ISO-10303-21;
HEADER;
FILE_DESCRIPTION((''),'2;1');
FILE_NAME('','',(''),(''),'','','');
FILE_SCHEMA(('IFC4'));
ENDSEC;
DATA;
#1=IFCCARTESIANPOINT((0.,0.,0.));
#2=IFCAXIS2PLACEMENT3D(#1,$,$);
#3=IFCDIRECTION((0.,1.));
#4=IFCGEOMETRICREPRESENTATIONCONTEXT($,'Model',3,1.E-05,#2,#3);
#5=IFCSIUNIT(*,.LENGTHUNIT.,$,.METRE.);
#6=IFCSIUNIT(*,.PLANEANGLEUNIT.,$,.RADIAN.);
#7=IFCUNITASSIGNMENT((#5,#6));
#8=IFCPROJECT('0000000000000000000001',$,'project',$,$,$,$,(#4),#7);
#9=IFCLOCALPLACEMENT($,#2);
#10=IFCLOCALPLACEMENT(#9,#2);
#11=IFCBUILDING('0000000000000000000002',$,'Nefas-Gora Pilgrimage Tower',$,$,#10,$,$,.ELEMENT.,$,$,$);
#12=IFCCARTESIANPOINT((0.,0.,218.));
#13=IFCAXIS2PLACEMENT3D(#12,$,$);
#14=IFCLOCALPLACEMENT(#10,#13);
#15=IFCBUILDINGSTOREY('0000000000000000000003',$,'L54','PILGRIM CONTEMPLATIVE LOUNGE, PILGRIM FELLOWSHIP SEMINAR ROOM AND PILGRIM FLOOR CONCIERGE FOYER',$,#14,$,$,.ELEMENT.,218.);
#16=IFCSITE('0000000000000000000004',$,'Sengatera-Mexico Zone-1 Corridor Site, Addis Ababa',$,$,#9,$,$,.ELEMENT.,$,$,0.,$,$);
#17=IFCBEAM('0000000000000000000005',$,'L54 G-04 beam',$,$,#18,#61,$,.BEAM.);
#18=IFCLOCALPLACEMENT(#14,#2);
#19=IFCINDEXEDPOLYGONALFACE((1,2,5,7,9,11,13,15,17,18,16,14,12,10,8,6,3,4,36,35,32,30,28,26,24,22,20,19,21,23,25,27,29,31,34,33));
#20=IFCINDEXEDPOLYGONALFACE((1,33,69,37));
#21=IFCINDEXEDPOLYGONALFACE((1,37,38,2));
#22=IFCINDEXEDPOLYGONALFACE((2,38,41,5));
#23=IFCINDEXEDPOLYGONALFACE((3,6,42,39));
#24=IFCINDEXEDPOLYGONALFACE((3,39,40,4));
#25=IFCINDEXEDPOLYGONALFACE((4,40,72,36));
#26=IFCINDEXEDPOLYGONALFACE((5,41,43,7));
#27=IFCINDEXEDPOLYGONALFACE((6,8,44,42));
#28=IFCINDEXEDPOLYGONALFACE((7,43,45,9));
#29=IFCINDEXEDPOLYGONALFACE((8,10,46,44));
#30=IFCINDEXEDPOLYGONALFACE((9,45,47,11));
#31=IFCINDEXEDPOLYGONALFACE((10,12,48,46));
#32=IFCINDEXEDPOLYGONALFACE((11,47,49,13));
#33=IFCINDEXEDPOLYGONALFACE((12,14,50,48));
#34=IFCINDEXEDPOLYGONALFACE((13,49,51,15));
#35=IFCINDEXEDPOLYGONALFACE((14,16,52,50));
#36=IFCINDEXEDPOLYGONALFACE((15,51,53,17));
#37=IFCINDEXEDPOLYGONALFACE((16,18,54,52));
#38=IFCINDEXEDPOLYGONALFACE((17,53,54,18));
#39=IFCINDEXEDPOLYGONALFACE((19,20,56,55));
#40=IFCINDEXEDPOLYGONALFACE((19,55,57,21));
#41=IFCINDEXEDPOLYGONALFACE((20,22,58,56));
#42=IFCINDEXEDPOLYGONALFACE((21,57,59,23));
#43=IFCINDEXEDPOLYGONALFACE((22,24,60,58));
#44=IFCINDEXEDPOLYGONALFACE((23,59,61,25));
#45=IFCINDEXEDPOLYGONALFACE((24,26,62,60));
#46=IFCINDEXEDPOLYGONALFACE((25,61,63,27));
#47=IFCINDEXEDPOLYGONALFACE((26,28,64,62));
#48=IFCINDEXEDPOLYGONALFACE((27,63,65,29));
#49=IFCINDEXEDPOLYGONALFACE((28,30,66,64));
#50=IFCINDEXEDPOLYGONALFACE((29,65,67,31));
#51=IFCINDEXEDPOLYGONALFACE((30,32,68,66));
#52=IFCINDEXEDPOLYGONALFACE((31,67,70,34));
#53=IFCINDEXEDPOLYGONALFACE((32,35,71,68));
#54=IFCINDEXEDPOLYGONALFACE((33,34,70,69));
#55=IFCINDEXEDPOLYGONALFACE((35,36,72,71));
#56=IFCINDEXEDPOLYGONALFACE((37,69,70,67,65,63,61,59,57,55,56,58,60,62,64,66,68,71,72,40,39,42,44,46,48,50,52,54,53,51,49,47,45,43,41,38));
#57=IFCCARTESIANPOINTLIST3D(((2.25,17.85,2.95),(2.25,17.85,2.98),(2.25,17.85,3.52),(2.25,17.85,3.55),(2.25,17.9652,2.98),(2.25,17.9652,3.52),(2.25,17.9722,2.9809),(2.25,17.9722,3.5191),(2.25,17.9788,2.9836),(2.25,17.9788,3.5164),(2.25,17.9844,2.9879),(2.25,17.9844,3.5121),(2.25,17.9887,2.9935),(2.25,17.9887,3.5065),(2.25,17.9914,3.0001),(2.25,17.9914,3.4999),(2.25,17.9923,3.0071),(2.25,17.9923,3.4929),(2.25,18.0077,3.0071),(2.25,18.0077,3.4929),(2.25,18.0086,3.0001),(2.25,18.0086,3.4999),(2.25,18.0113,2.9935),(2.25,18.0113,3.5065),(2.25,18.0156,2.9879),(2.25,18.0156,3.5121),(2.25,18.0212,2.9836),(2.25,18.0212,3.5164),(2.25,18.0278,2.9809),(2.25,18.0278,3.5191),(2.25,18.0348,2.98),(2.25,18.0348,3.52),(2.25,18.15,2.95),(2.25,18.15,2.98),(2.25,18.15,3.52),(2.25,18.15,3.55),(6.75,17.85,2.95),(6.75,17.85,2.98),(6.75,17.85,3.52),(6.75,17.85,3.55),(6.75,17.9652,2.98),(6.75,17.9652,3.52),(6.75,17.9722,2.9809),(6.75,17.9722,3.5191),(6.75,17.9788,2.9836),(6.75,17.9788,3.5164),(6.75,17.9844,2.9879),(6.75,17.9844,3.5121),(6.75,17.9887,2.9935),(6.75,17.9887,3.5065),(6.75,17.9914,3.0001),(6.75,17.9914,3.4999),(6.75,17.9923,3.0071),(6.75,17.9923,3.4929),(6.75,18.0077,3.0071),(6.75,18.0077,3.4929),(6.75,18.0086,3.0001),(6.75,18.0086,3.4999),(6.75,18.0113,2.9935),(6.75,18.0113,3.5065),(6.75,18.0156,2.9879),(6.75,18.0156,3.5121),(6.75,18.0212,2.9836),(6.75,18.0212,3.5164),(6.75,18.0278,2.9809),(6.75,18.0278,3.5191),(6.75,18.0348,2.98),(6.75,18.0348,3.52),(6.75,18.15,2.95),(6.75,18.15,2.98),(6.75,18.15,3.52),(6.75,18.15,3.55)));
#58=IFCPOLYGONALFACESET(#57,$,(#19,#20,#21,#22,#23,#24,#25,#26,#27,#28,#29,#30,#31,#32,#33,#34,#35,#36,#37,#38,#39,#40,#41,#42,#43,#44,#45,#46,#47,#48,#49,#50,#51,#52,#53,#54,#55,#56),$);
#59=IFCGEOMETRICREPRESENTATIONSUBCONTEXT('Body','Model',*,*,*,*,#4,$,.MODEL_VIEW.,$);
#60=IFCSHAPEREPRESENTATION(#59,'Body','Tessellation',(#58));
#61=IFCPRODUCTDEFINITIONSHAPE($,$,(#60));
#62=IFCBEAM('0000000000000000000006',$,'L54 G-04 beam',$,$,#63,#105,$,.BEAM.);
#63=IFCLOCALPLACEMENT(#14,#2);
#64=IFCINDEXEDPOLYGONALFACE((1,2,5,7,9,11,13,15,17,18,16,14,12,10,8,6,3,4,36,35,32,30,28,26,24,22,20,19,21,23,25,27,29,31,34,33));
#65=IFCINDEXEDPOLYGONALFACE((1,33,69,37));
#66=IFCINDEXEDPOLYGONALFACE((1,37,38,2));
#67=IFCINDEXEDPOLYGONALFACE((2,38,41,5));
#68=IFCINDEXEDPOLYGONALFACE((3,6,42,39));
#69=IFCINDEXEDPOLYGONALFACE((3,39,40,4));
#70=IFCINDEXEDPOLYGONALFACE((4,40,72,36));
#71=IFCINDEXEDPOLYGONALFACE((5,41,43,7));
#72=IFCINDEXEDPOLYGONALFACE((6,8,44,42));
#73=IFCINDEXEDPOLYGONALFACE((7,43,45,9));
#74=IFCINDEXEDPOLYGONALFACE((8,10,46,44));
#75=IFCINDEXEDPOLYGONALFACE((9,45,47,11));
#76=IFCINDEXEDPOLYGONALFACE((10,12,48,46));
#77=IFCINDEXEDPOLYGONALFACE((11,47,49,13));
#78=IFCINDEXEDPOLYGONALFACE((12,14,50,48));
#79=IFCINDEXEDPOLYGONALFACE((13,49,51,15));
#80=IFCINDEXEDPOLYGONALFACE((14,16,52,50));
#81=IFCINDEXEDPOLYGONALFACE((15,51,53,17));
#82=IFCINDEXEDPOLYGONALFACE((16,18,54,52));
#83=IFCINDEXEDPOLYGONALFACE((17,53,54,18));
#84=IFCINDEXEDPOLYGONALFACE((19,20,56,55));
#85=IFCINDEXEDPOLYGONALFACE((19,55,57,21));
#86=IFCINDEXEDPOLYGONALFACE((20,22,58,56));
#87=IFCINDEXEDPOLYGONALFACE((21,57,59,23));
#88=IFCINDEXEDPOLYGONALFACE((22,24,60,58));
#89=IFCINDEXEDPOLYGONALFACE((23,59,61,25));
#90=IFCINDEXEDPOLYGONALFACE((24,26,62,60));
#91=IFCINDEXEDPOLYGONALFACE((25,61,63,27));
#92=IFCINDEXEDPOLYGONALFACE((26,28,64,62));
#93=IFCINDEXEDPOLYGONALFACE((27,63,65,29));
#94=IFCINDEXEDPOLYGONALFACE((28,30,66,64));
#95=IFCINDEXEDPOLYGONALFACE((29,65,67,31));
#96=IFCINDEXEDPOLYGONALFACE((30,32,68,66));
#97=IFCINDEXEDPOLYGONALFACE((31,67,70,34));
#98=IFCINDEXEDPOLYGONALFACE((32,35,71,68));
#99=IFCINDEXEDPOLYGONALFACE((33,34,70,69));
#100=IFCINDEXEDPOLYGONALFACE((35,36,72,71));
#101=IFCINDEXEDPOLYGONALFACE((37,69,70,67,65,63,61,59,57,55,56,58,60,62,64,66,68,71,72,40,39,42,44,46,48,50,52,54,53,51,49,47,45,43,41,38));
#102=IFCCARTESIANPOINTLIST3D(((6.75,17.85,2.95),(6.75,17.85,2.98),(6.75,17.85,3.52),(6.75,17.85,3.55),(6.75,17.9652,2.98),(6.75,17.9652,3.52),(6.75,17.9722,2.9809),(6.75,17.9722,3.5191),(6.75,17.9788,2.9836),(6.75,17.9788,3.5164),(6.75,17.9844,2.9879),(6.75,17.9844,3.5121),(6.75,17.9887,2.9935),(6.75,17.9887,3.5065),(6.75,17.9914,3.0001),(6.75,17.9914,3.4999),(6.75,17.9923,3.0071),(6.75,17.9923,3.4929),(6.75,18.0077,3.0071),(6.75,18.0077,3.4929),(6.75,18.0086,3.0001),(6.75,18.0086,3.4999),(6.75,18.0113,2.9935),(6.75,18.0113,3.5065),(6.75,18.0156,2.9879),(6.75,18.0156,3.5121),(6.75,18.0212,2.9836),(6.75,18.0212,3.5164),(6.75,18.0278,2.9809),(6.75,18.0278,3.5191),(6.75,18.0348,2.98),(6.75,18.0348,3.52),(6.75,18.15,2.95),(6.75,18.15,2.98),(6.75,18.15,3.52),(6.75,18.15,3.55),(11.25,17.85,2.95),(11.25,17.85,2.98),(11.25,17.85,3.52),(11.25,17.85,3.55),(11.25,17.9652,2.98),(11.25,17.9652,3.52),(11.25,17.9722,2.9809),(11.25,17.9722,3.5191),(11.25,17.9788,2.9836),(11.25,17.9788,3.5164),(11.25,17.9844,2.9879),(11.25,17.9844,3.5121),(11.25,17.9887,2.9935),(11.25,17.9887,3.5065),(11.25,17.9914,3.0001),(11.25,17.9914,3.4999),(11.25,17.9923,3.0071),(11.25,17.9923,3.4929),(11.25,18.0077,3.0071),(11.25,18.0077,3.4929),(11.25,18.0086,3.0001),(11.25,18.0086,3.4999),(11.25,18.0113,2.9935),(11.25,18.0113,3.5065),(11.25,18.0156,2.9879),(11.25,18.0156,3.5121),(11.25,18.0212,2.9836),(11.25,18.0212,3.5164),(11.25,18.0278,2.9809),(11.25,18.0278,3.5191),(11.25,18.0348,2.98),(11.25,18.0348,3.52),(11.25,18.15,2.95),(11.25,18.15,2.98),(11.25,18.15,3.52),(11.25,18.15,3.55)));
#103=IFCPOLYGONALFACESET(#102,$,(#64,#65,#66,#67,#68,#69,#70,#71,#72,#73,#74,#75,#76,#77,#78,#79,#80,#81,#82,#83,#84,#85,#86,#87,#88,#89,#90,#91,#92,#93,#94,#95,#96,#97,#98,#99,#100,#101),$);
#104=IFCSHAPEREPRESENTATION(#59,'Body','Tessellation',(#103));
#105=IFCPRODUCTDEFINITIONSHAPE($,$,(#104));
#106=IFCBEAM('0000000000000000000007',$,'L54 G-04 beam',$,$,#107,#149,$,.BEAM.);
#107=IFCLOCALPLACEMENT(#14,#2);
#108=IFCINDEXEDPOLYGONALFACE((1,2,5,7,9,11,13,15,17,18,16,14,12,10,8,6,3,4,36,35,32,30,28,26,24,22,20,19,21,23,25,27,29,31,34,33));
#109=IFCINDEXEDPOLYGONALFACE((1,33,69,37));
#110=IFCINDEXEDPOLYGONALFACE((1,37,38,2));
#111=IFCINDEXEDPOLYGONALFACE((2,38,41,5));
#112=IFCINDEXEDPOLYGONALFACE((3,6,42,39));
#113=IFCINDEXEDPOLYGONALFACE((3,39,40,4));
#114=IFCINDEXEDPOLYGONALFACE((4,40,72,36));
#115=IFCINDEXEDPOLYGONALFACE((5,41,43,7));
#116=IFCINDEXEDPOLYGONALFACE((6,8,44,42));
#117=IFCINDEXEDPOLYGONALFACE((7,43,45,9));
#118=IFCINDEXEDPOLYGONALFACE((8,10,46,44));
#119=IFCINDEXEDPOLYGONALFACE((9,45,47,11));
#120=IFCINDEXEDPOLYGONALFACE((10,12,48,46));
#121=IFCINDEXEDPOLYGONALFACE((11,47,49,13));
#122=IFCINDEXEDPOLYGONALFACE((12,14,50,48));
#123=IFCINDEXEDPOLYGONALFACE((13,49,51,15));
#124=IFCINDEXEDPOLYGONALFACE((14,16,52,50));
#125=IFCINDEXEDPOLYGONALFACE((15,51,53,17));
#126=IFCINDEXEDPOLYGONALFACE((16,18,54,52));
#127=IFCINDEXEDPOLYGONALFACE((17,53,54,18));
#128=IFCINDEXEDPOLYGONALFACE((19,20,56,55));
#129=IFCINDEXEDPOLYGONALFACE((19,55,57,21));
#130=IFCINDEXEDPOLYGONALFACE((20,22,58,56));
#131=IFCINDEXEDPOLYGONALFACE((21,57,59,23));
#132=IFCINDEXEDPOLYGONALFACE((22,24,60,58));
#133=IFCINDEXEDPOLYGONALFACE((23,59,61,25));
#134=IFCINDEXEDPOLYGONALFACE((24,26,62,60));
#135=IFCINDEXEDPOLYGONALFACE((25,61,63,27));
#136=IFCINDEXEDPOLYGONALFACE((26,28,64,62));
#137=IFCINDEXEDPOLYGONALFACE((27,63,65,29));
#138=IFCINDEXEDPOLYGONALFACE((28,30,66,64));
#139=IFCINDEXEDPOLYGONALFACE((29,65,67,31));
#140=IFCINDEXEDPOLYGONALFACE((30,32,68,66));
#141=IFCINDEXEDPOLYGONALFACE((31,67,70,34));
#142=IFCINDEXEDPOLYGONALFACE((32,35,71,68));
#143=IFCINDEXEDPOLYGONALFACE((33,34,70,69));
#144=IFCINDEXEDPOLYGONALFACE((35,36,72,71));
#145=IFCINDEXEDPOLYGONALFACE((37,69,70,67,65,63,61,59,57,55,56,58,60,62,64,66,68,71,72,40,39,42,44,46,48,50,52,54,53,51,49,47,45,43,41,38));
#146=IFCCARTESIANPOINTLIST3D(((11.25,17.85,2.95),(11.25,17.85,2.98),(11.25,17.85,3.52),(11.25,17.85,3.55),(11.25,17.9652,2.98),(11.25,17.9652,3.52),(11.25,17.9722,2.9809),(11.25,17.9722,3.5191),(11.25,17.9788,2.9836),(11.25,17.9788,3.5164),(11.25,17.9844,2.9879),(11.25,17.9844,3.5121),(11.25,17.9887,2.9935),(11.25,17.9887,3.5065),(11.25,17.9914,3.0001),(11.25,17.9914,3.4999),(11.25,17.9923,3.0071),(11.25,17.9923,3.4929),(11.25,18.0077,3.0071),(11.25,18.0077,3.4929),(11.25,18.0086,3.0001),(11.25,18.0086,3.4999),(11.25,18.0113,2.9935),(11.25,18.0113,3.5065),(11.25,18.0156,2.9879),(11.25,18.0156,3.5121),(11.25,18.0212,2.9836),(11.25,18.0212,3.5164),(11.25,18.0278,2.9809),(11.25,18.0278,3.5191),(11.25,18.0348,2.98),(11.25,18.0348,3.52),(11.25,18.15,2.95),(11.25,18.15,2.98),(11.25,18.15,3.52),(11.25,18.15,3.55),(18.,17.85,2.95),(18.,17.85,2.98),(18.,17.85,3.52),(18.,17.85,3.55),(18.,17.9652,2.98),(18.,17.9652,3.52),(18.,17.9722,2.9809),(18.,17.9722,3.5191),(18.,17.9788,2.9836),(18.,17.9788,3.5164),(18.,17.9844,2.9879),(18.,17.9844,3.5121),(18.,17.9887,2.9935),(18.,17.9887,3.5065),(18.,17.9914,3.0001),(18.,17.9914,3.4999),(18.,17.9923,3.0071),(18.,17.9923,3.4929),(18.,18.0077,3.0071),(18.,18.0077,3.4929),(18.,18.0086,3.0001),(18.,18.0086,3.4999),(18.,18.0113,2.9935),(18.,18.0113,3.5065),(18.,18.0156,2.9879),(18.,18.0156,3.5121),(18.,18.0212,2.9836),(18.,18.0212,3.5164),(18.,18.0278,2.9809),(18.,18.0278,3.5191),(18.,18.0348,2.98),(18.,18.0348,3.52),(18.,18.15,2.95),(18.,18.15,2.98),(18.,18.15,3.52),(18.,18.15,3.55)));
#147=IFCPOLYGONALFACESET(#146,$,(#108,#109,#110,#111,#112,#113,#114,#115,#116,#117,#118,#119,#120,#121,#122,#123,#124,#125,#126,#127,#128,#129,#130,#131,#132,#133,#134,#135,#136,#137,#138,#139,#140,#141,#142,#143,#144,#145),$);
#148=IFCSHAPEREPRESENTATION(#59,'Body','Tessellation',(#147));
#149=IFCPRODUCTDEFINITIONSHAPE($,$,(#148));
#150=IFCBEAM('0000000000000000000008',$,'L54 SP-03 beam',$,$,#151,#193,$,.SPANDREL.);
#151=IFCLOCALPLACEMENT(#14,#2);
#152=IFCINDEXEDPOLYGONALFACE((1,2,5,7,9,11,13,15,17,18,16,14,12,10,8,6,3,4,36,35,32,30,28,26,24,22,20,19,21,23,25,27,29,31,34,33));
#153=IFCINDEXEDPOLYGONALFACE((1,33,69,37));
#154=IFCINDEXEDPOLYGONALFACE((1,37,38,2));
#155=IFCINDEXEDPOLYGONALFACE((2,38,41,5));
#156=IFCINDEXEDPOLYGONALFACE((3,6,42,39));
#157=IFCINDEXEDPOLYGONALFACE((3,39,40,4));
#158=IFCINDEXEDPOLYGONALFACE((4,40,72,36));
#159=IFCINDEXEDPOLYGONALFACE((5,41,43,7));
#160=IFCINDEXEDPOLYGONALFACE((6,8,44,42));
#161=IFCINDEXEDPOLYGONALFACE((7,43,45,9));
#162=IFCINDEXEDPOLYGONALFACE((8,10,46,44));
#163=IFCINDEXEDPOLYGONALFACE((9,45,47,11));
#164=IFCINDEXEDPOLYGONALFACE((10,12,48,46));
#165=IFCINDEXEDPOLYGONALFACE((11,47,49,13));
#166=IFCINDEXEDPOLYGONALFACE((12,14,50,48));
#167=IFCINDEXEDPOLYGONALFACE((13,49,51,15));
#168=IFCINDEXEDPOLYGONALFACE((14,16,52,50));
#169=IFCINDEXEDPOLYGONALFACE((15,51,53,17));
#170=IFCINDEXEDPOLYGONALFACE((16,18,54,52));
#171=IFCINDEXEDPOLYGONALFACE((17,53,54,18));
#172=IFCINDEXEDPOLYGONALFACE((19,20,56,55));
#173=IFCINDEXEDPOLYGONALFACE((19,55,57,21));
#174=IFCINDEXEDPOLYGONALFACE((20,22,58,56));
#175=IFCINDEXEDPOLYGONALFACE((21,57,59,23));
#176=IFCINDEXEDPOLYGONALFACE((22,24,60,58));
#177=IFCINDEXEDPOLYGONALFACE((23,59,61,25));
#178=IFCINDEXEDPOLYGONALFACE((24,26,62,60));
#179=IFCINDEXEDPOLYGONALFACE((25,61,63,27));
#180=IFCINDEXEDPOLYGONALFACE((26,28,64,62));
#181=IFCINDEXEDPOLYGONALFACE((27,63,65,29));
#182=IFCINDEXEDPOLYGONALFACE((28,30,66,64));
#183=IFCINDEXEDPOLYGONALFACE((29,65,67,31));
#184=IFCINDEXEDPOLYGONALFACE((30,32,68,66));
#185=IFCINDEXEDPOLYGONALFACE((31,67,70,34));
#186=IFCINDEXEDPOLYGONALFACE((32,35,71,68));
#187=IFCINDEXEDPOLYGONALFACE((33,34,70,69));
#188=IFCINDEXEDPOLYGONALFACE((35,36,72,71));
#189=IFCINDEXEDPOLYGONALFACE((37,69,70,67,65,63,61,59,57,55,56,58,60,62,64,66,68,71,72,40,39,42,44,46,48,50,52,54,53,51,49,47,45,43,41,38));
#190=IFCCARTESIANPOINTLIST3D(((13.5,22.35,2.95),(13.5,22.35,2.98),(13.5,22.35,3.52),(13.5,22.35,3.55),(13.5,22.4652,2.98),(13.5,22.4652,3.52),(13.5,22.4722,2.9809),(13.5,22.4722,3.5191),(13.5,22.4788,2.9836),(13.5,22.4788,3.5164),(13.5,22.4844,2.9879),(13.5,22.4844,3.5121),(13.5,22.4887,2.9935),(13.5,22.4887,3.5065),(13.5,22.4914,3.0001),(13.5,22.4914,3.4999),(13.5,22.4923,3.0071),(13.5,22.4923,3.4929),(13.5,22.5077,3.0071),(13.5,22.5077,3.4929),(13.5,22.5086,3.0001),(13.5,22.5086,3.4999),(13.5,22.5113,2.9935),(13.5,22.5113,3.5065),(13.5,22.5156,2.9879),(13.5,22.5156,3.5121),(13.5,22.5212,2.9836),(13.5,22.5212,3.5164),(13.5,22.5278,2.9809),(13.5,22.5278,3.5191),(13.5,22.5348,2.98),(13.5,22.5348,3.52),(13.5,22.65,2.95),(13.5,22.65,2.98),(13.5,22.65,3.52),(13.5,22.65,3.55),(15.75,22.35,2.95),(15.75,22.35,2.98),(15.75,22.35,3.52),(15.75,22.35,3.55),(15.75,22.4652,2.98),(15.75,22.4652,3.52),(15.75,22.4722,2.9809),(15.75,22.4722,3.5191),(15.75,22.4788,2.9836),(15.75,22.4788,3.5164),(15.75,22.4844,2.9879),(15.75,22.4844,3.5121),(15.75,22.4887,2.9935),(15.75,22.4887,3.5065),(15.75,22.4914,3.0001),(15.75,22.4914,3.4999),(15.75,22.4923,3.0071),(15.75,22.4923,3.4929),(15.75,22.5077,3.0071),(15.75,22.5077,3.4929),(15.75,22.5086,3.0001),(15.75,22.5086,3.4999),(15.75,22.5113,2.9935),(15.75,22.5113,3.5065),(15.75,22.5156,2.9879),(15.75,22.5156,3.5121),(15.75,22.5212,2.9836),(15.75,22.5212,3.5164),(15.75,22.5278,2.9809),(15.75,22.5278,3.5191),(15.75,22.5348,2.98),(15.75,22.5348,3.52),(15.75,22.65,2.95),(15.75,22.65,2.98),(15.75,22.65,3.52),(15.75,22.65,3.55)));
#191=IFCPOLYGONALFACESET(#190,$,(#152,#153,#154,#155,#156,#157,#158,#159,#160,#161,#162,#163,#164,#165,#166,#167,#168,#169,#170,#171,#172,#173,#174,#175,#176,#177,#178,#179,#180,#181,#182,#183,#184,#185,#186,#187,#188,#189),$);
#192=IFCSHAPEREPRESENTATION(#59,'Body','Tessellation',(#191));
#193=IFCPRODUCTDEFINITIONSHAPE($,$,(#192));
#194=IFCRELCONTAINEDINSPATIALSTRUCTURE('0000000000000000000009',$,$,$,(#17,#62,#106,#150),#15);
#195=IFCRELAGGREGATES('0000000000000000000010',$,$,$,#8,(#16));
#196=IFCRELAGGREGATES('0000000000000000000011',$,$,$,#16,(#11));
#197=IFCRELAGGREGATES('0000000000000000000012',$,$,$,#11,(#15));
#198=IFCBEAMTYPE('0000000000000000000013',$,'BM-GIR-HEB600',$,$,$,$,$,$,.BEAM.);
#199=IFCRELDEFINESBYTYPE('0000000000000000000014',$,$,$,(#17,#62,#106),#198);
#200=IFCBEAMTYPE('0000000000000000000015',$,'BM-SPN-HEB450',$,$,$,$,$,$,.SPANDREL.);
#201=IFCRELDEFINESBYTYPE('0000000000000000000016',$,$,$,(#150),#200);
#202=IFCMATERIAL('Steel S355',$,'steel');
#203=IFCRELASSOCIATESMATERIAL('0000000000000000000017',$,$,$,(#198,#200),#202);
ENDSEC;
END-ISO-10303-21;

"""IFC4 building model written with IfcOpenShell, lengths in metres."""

from ifc_helpers import new_model, si_unit, direction, frame, origin, origin_2d, place, context, subcontext, project, spatial, i_section, extrude, source, transform, mapped, material, material_profile, profile_set, type_object, element, save


model = new_model("IFC4")

# Units and contexts
model_context = context("Model", 3, precision=1e-05, world=origin(), true_north=direction((0.0, 1.0)))
body_context = subcontext(model_context, "Body", "Model", "MODEL_VIEW")
ifc_project = project(units=[si_unit("LENGTHUNIT", "METRE"), si_unit("PLANEANGLEUNIT", "RADIAN")], contexts=[model_context])

# Site, building, storey
site_placement = place(None, origin())
site = spatial("IfcSite", under=ifc_project, at=site_placement, Name="Sengatera-Mexico Zone-1 Corridor Site, Addis Ababa", CompositionType="ELEMENT", RefElevation=0.0)
building_placement = place(site_placement, origin())
building = spatial("IfcBuilding", under=site, at=building_placement, Name="Nefas-Gora Pilgrimage Tower", CompositionType="ELEMENT")
storey_placement = place(building_placement, frame((0.0, 0.0, 218.0)))
storey = spatial("IfcBuildingStorey", under=building, at=storey_placement, Name="L54", Description="PILGRIM CONTEMPLATIVE LOUNGE, PILGRIM FELLOWSHIP SEMINAR ROOM AND PILGRIM FLOOR CONCIERGE FOYER", CompositionType="ELEMENT", Elevation=218.0)

# Beams
ifc_material_1 = material(Name="Steel S355", Category="steel")
ifc_material_profile_1 = material_profile(ifc_material_1, i_section(OverallWidth=0.3, OverallDepth=0.6001, WebThickness=0.0154, FlangeThickness=0.03, FilletRadius=0.0271, at=origin_2d()), Name="HEB 600")
ifc_profile_set_1 = profile_set([ifc_material_profile_1], Name="Steel S355")
beam_type_1 = type_object("IfcBeamType", Name="BM-GIR-HEB600", PredefinedType="BEAM", material=ifc_profile_set_1)
shared_shape_1 = source(origin(), body_context, "Body", "SweptSolid", [
    extrude(i_section(OverallWidth=0.3, OverallDepth=0.6001, WebThickness=0.0154, FlangeThickness=0.03, FilletRadius=0.0271, at=origin_2d()), origin(), (0.0, 0.0, 1.0), 4.5),
])
for number, where, z_axis, x_axis, name in (
    (1, (2.25, 18.0, 3.25), (1.0, 0.0, 0.0), (0.0, 1.0, 0.0), "L54 G-04 beam"),
    (2, (6.75, 18.0, 3.25), (1.0, 0.0, 0.0), (0.0, 1.0, 0.0), "L54 G-04 beam"),
):
    element("IfcBeam", number, at=place(storey_placement, frame(where, z_axis=z_axis, x_axis=x_axis)), inside=storey, type_object=beam_type_1, Name=name, PredefinedType="BEAM", context=body_context, shape_type="MappedRepresentation", body=[
        mapped(shared_shape_1, transform((0.0, 0.0, 0.0), x_axis=(1.0, 0.0, 0.0), y_axis=(0.0, 1.0, 0.0), z_axis=(0.0, 0.0, 1.0), scale=1.0)),
    ])
shared_shape_2 = source(origin(), body_context, "Body", "SweptSolid", [
    extrude(i_section(OverallWidth=0.3, OverallDepth=0.6001, WebThickness=0.0154, FlangeThickness=0.03, FilletRadius=0.0271, at=origin_2d()), origin(), (0.0, 0.0, 1.0), 6.75),
])
beam_1_placement = place(storey_placement, frame((11.25, 18.0, 3.25), z_axis=(1.0, 0.0, 0.0), x_axis=(0.0, 1.0, 0.0)))
element("IfcBeam", 3, at=beam_1_placement, inside=storey, type_object=beam_type_1, Name="L54 G-04 beam", PredefinedType="BEAM", context=body_context, shape_type="MappedRepresentation", body=[
    mapped(shared_shape_2, transform((0.0, 0.0, 0.0), x_axis=(1.0, 0.0, 0.0), y_axis=(0.0, 1.0, 0.0), z_axis=(0.0, 0.0, 1.0), scale=1.0)),
])
ifc_material_profile_2 = material_profile(ifc_material_1, i_section(OverallWidth=0.3, OverallDepth=0.6001, WebThickness=0.0154, FlangeThickness=0.03, FilletRadius=0.0271, at=origin_2d()), Name="HEB 600")
ifc_profile_set_2 = profile_set([ifc_material_profile_2], Name="Steel S355")
beam_type_2 = type_object("IfcBeamType", Name="BM-SPN-HEB450", PredefinedType="SPANDREL", material=ifc_profile_set_2)
shared_shape_3 = source(origin(), body_context, "Body", "SweptSolid", [
    extrude(i_section(OverallWidth=0.3, OverallDepth=0.6001, WebThickness=0.0154, FlangeThickness=0.03, FilletRadius=0.0271, at=origin_2d()), origin(), (0.0, 0.0, 1.0), 2.25),
])
beam_2_placement = place(storey_placement, frame((13.5, 22.5, 3.25), z_axis=(1.0, 0.0, 0.0), x_axis=(0.0, 1.0, 0.0)))
element("IfcBeam", 4, at=beam_2_placement, inside=storey, type_object=beam_type_2, Name="L54 SP-03 beam", PredefinedType="SPANDREL", context=body_context, shape_type="MappedRepresentation", body=[
    mapped(shared_shape_3, transform((0.0, 0.0, 0.0), x_axis=(1.0, 0.0, 0.0), y_axis=(0.0, 1.0, 0.0), z_axis=(0.0, 0.0, 1.0), scale=1.0)),
])

save(model, "model.ifc")
